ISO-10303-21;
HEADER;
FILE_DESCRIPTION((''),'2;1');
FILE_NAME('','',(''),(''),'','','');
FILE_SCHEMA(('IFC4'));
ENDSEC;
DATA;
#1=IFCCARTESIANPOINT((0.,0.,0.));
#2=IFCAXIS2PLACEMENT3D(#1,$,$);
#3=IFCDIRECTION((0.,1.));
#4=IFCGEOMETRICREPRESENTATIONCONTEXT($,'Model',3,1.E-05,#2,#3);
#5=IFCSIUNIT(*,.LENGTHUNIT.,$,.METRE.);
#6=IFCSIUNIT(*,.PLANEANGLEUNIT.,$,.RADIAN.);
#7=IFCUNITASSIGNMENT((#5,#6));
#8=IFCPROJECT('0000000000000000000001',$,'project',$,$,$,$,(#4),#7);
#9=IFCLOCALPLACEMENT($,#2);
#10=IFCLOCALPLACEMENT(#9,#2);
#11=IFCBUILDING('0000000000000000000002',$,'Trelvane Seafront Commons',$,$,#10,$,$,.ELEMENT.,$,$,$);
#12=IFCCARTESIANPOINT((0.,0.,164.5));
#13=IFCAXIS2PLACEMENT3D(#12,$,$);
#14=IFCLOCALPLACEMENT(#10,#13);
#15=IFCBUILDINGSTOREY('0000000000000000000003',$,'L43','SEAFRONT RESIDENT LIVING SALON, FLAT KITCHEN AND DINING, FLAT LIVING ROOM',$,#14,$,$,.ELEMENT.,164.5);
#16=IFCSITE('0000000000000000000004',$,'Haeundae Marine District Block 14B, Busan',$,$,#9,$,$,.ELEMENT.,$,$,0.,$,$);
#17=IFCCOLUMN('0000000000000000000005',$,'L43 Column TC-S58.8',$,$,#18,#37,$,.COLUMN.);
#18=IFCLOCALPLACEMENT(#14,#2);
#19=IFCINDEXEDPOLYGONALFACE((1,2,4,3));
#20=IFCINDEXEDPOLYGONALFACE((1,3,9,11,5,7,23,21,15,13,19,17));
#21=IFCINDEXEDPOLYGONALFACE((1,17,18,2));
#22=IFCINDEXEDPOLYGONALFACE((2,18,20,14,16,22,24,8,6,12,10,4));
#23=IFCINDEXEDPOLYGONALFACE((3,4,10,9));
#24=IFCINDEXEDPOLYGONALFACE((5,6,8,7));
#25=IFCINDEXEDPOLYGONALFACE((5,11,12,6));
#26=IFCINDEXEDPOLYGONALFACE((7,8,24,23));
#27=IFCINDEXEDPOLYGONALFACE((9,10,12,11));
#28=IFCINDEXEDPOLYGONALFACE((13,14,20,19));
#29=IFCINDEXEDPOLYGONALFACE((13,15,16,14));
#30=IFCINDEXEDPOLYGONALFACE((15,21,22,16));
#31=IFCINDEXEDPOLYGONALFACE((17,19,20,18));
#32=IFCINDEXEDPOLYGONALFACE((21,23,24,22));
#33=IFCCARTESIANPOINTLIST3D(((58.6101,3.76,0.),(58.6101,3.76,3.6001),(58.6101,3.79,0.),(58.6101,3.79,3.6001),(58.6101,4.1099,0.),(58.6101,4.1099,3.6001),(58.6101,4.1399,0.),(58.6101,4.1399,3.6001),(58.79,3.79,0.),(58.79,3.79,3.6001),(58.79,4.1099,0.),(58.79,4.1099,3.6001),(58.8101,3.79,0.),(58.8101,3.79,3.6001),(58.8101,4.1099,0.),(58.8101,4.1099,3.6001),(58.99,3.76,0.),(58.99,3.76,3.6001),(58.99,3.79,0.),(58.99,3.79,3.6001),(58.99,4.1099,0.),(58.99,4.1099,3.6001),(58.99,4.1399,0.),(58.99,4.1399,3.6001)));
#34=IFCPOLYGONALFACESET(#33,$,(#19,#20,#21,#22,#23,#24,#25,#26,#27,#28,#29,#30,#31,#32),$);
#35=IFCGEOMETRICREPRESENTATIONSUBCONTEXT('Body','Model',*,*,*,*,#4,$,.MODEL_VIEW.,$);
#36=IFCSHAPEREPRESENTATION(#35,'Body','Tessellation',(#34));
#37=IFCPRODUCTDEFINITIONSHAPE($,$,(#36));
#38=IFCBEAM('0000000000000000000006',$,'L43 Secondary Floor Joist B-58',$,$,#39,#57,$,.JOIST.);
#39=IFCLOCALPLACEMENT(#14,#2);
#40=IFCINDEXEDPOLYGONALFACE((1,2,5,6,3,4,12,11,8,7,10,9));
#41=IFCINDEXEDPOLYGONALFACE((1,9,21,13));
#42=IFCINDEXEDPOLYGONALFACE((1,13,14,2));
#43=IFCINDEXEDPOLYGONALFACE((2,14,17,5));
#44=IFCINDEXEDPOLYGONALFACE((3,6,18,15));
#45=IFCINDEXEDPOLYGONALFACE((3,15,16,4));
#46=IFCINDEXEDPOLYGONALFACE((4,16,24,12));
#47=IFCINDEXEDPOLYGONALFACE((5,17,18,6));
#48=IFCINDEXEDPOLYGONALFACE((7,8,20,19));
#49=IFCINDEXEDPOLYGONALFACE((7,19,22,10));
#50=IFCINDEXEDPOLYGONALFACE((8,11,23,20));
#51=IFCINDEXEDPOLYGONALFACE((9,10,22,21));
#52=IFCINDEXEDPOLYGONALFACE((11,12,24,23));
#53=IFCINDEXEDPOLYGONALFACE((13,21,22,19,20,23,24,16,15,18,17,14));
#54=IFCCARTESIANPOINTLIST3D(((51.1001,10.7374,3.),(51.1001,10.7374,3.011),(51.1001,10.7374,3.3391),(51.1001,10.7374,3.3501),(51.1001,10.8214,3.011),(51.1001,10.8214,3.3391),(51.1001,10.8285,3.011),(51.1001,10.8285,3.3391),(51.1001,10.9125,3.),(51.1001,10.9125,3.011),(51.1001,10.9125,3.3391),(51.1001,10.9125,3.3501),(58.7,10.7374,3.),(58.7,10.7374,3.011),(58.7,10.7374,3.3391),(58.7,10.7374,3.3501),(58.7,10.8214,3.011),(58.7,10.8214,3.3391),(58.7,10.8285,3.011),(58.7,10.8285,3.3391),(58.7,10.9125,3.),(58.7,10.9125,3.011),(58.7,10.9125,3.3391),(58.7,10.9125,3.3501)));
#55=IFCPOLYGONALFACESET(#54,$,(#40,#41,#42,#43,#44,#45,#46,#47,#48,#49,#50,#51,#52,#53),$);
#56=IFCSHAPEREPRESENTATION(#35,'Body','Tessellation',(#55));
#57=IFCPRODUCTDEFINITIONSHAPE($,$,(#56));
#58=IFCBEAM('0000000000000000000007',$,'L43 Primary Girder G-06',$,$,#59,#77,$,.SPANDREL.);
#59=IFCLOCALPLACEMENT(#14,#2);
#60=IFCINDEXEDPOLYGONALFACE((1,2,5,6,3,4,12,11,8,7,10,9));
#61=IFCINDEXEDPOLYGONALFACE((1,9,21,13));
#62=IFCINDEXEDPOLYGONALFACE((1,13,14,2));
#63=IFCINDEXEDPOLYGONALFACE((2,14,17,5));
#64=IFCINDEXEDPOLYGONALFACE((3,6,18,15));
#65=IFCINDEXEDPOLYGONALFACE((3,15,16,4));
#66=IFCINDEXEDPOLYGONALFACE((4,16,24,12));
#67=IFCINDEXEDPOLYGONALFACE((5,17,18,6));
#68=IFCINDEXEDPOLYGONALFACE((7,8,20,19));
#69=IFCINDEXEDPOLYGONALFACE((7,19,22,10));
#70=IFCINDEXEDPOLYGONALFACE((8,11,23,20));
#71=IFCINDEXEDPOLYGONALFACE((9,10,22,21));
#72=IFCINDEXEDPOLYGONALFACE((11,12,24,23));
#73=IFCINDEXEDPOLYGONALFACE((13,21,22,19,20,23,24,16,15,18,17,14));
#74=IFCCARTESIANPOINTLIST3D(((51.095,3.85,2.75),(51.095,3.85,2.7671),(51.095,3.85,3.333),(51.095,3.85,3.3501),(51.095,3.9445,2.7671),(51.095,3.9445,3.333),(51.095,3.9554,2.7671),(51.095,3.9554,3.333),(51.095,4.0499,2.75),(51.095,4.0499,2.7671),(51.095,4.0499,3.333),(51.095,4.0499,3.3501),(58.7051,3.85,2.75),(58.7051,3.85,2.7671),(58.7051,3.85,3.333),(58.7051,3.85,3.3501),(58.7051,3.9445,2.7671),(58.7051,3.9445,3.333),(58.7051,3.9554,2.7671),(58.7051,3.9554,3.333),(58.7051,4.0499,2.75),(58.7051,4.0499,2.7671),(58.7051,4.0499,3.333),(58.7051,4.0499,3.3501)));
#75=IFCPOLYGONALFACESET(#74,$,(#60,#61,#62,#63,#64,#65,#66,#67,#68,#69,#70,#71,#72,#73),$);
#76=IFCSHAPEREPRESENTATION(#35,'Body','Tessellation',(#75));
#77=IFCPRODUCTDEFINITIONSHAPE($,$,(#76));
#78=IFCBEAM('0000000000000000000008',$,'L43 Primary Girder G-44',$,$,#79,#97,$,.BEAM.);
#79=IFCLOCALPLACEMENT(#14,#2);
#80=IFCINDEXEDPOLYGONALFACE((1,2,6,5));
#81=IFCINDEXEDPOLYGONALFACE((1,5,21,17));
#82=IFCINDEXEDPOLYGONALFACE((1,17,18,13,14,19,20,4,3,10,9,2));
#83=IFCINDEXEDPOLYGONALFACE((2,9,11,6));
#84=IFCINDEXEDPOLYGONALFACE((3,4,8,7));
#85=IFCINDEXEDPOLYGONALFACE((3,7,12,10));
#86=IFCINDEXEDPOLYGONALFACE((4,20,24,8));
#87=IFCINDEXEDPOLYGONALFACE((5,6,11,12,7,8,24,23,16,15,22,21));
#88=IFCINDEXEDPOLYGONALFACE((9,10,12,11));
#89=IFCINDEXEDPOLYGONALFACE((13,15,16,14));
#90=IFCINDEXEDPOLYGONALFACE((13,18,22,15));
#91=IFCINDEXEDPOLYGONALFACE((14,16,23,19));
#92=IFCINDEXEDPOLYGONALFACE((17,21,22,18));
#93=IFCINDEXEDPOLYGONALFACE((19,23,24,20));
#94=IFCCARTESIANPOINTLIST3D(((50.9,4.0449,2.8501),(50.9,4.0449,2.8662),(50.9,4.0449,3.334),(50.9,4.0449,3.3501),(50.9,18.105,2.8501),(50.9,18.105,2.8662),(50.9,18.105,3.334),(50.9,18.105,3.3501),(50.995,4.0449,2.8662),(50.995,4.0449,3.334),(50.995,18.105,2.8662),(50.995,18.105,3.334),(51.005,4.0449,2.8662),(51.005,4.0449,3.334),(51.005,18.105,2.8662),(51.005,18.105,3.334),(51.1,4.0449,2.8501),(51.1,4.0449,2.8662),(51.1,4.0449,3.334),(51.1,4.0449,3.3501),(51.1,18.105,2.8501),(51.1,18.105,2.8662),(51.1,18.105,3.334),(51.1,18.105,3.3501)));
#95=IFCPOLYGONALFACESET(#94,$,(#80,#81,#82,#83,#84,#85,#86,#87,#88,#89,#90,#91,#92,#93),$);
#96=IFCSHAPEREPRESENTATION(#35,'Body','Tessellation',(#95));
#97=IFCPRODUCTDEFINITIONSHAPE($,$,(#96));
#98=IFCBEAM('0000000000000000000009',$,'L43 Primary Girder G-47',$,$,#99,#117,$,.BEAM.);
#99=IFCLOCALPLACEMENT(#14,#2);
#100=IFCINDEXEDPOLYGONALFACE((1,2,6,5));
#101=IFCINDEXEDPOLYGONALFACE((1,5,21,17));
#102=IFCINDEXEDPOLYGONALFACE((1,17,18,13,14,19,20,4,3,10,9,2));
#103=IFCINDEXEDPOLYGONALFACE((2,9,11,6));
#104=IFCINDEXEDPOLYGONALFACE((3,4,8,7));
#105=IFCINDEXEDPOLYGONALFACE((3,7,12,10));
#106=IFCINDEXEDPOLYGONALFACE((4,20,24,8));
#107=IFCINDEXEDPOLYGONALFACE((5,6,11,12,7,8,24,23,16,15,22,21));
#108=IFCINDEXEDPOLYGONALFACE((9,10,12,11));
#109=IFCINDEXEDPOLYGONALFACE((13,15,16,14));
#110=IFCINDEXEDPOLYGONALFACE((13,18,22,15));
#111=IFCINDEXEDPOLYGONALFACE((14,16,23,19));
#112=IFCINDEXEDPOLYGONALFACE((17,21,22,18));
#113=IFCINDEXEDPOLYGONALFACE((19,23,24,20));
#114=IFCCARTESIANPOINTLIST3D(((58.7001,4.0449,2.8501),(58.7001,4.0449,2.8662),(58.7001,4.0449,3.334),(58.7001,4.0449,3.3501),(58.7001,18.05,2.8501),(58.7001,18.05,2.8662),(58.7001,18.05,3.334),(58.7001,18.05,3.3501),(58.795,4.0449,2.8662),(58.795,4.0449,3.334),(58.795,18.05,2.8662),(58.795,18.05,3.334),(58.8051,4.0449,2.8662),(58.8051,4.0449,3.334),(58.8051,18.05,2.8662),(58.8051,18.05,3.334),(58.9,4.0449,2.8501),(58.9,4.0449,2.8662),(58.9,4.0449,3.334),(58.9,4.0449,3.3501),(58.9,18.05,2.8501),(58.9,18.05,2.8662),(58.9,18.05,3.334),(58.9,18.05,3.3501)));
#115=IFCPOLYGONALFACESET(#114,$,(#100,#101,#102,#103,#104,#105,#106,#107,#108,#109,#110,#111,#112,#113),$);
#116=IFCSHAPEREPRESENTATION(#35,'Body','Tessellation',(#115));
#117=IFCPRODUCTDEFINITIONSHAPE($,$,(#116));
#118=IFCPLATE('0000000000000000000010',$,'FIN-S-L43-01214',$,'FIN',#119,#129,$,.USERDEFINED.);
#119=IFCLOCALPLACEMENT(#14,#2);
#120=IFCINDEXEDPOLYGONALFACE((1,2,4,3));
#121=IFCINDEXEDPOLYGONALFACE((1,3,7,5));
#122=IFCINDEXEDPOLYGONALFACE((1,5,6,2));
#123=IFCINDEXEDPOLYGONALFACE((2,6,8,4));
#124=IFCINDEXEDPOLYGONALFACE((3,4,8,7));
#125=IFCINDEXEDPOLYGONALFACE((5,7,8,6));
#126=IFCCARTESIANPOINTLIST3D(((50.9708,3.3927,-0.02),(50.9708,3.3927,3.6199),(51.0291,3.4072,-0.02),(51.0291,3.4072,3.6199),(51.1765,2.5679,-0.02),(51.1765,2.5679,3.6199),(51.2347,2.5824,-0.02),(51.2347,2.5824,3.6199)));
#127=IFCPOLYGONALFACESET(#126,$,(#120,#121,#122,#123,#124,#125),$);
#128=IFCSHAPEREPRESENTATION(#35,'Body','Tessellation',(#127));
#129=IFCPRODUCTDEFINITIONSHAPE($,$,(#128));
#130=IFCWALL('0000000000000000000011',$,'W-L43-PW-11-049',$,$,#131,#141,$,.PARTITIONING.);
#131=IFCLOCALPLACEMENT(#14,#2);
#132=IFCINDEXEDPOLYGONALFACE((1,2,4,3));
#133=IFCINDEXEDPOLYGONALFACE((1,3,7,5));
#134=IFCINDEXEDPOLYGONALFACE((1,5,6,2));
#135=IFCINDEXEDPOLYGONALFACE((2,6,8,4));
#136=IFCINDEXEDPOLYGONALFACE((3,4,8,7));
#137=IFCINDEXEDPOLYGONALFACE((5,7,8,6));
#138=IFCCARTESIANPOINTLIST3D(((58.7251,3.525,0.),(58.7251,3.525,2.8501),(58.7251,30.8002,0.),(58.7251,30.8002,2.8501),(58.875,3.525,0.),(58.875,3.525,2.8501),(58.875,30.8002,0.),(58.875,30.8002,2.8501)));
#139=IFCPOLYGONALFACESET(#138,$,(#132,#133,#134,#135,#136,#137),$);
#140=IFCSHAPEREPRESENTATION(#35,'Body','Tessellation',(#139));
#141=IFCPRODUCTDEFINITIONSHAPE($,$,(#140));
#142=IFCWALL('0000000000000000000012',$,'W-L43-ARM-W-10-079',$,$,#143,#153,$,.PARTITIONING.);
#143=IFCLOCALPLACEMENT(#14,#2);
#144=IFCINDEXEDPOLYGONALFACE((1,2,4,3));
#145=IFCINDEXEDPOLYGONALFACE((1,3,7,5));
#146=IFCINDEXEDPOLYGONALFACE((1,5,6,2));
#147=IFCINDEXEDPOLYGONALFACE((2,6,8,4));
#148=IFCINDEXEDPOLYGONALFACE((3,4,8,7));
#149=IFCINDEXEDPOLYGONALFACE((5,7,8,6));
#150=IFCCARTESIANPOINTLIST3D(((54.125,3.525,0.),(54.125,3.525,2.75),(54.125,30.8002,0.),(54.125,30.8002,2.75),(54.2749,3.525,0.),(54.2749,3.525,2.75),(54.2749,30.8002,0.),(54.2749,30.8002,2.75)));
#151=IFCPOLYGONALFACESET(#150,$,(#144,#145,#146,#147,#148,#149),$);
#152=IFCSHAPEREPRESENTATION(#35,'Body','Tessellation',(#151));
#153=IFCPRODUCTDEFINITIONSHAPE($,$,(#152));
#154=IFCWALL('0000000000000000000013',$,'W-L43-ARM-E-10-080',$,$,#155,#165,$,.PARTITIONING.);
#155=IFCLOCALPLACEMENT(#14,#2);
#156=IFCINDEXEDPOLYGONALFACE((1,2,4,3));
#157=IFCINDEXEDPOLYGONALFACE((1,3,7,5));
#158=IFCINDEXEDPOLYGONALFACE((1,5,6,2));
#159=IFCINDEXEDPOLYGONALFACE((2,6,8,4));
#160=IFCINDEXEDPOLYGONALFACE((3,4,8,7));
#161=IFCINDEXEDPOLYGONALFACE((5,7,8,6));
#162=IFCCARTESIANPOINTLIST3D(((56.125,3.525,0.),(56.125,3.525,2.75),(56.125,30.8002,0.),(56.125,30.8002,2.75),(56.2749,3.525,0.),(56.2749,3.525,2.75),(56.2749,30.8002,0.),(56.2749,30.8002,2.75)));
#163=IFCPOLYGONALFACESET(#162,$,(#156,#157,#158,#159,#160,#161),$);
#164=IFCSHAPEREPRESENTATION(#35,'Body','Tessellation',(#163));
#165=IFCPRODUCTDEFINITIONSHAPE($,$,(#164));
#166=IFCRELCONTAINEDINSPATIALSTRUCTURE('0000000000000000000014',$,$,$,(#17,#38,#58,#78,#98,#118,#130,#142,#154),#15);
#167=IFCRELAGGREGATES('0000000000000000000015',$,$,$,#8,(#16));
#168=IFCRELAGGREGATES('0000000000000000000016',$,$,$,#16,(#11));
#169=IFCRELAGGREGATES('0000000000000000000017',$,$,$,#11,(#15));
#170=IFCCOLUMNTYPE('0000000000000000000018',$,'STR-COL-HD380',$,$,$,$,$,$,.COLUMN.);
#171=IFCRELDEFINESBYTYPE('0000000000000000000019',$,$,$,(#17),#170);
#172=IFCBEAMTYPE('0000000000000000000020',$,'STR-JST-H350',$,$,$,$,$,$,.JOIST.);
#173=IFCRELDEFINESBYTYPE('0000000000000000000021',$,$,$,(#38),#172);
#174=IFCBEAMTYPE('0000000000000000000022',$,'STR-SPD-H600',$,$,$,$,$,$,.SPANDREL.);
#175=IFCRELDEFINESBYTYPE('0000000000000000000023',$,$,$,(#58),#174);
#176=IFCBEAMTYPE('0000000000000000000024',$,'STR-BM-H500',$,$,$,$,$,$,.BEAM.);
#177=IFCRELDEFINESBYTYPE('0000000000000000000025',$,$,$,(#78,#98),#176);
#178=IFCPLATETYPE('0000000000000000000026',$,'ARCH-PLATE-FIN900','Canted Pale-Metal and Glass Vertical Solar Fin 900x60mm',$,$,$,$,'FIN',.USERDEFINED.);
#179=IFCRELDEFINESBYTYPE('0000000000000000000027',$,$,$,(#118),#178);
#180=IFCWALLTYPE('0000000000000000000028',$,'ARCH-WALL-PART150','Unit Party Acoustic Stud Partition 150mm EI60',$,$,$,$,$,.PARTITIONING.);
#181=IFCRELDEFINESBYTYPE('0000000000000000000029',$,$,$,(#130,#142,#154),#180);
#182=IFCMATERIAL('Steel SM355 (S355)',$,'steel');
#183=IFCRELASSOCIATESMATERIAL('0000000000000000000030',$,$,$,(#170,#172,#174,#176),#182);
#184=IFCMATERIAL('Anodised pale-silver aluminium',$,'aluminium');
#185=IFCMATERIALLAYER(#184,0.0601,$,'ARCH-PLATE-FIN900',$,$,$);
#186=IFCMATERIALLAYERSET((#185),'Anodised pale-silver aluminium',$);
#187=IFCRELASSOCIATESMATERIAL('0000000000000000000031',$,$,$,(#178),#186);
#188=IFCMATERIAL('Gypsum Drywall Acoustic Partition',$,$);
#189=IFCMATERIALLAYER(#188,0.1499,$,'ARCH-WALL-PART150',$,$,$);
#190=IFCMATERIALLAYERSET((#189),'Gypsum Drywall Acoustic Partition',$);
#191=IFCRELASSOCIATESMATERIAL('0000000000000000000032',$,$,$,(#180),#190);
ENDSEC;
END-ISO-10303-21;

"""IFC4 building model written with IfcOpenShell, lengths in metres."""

from ifc_helpers import new_model, si_unit, direction, frame, frame_2d, origin, origin_2d, place, context, subcontext, project, spatial, rectangle, i_section, extrude, source, transform, mapped, material, layer, layer_set, material_profile, profile_set, type_object, element, save


model = new_model("IFC4")

# Units and contexts
model_context = context("Model", 3, precision=1e-05, world=origin(), true_north=direction((0.0, 1.0)))
body_context = subcontext(model_context, "Body", "Model", "MODEL_VIEW")
ifc_project = project(units=[si_unit("LENGTHUNIT", "METRE"), si_unit("PLANEANGLEUNIT", "RADIAN")], contexts=[model_context])

# Site, building, storey
site_placement = place(None, origin())
site = spatial("IfcSite", under=ifc_project, at=site_placement, Name="Haeundae Marine District Block 14B, Busan", CompositionType="ELEMENT", RefElevation=0.0)
building_placement = place(site_placement, origin())
building = spatial("IfcBuilding", under=site, at=building_placement, Name="Trelvane Seafront Commons", CompositionType="ELEMENT")
storey_placement = place(building_placement, frame((0.0, 0.0, 164.5)))
storey = spatial("IfcBuildingStorey", under=building, at=storey_placement, Name="L43", Description="SEAFRONT RESIDENT LIVING SALON, FLAT KITCHEN AND DINING, FLAT LIVING ROOM", CompositionType="ELEMENT", Elevation=164.5)

# Column
ifc_material_1 = material(Name="Steel SM355 (S355)", Category="steel")
ifc_material_profile_1 = material_profile(ifc_material_1, i_section(OverallWidth=0.3799, OverallDepth=0.3799, WebThickness=0.02, FlangeThickness=0.03, at=origin_2d()), Name="HD-380x380x20x30")
ifc_profile_set_1 = profile_set([ifc_material_profile_1], Name="Steel SM355 (S355)")
column_type = type_object("IfcColumnType", Name="STR-COL-HD380", PredefinedType="COLUMN", material=ifc_profile_set_1)
shared_shape_1 = source(origin(), body_context, "Body", "SweptSolid", [
    extrude(i_section(OverallWidth=0.3799, OverallDepth=0.3799, WebThickness=0.02, FlangeThickness=0.03, at=origin_2d()), origin(), (0.0, 0.0, 1.0), 3.6001),
])
column_placement = place(storey_placement, frame((58.8, 3.95, 0.0), z_axis=(0.0, 0.0, 1.0), x_axis=(1.0, 0.0, 0.0)))
element("IfcColumn", 1, at=column_placement, inside=storey, type_object=column_type, Name="L43 Column TC-S58.8", PredefinedType="COLUMN", context=body_context, shape_type="MappedRepresentation", body=[
    mapped(shared_shape_1, transform((0.0, 0.0, 0.0), x_axis=(1.0, 0.0, 0.0), y_axis=(0.0, 1.0, 0.0), z_axis=(0.0, 0.0, 1.0), scale=1.0)),
])

# Beams
ifc_material_profile_2 = material_profile(ifc_material_1, i_section(OverallWidth=0.175, OverallDepth=0.3501, WebThickness=0.0071, FlangeThickness=0.011, at=origin_2d()), Name="H-350x175x7x11")
ifc_profile_set_2 = profile_set([ifc_material_profile_2], Name="Steel SM355 (S355)")
beam_type_1 = type_object("IfcBeamType", Name="STR-JST-H350", PredefinedType="JOIST", material=ifc_profile_set_2)
shared_shape_2 = source(origin(), body_context, "Body", "SweptSolid", [
    extrude(i_section(OverallWidth=0.175, OverallDepth=0.3501, WebThickness=0.0071, FlangeThickness=0.011, at=origin_2d()), origin(), (0.0, 0.0, 1.0), 7.5999),
])
beam_1_placement = place(storey_placement, frame((51.1001, 10.825, 3.175), z_axis=(1.0, 0.0, 0.0), x_axis=(0.0, 1.0, 0.0)))
element("IfcBeam", 2, at=beam_1_placement, inside=storey, type_object=beam_type_1, Name="L43 Secondary Floor Joist B-58", PredefinedType="JOIST", context=body_context, shape_type="MappedRepresentation", body=[
    mapped(shared_shape_2, transform((0.0, 0.0, 0.0), x_axis=(1.0, 0.0, 0.0), y_axis=(0.0, 1.0, 0.0), z_axis=(0.0, 0.0, 1.0), scale=1.0)),
])
ifc_material_profile_3 = material_profile(ifc_material_1, i_section(OverallWidth=0.2, OverallDepth=0.6001, WebThickness=0.011, FlangeThickness=0.0171, at=origin_2d()), Name="H-600x200x11x17")
ifc_profile_set_3 = profile_set([ifc_material_profile_3], Name="Steel SM355 (S355)")
beam_type_2 = type_object("IfcBeamType", Name="STR-SPD-H600", PredefinedType="SPANDREL", material=ifc_profile_set_3)
shared_shape_3 = source(origin(), body_context, "Body", "SweptSolid", [
    extrude(i_section(OverallWidth=0.2, OverallDepth=0.6001, WebThickness=0.011, FlangeThickness=0.0171, at=origin_2d()), origin(), (0.0, 0.0, 1.0), 7.6101),
])
beam_2_placement = place(storey_placement, frame((51.095, 3.95, 3.05), z_axis=(1.0, 0.0, 0.0), x_axis=(0.0, 1.0, 0.0)))
element("IfcBeam", 3, at=beam_2_placement, inside=storey, type_object=beam_type_2, Name="L43 Primary Girder G-06", PredefinedType="SPANDREL", context=body_context, shape_type="MappedRepresentation", body=[
    mapped(shared_shape_3, transform((0.0, 0.0, 0.0), x_axis=(1.0, 0.0, 0.0), y_axis=(0.0, 1.0, 0.0), z_axis=(0.0, 0.0, 1.0), scale=1.0)),
])
ifc_material_profile_4 = material_profile(ifc_material_1, i_section(OverallWidth=0.2, OverallDepth=0.5, WebThickness=0.01, FlangeThickness=0.0161, at=origin_2d()), Name="H-500x200x10x16")
ifc_profile_set_4 = profile_set([ifc_material_profile_4], Name="Steel SM355 (S355)")
beam_type_3 = type_object("IfcBeamType", Name="STR-BM-H500", PredefinedType="BEAM", material=ifc_profile_set_4)
shared_shape_4 = source(origin(), body_context, "Body", "SweptSolid", [
    extrude(i_section(OverallWidth=0.2, OverallDepth=0.5, WebThickness=0.01, FlangeThickness=0.0161, at=origin_2d()), origin(), (0.0, 0.0, 1.0), 14.0601),
])
beam_3_placement = place(storey_placement, frame((51.0, 4.0449, 3.1001), z_axis=(0.0, 1.0, 0.0), x_axis=(-1.0, 0.0, 0.0)))
element("IfcBeam", 4, at=beam_3_placement, inside=storey, type_object=beam_type_3, Name="L43 Primary Girder G-44", PredefinedType="BEAM", context=body_context, shape_type="MappedRepresentation", body=[
    mapped(shared_shape_4, transform((0.0, 0.0, 0.0), x_axis=(1.0, 0.0, 0.0), y_axis=(0.0, 1.0, 0.0), z_axis=(0.0, 0.0, 1.0), scale=1.0)),
])
shared_shape_5 = source(origin(), body_context, "Body", "SweptSolid", [
    extrude(i_section(OverallWidth=0.2, OverallDepth=0.5, WebThickness=0.01, FlangeThickness=0.0161, at=origin_2d()), origin(), (0.0, 0.0, 1.0), 14.0051),
])
beam_4_placement = place(storey_placement, frame((58.8, 4.0449, 3.1001), z_axis=(0.0, 1.0, 0.0), x_axis=(-1.0, 0.0, 0.0)))
element("IfcBeam", 5, at=beam_4_placement, inside=storey, type_object=beam_type_3, Name="L43 Primary Girder G-47", PredefinedType="BEAM", context=body_context, shape_type="MappedRepresentation", body=[
    mapped(shared_shape_5, transform((0.0, 0.0, 0.0), x_axis=(1.0, 0.0, 0.0), y_axis=(0.0, 1.0, 0.0), z_axis=(0.0, 0.0, 1.0), scale=1.0)),
])

# Plate
ifc_material_2 = material(Name="Anodised pale-silver aluminium", Category="aluminium")
ifc_layer_1 = layer(ifc_material_2, 0.0601, Name="ARCH-PLATE-FIN900")
ifc_layer_set_1 = layer_set([ifc_layer_1], Name="Anodised pale-silver aluminium")
plate_type = type_object("IfcPlateType", Name="ARCH-PLATE-FIN900", Description="Canted Pale-Metal and Glass Vertical Solar Fin 900x60mm", ElementType="FIN", PredefinedType="USERDEFINED", material=ifc_layer_set_1)
shared_shape_6 = source(origin(), body_context, "Body", "SweptSolid", [
    extrude(rectangle(XDim=0.8501, YDim=0.0601, at=origin_2d()), origin(), (0.0, 0.0, 1.0), 3.6399),
])
plate_placement = place(storey_placement, frame((51.1028, 2.9875, -0.02), z_axis=(0.0, 0.0, 1.0), x_axis=(0.241871, -0.970308, 0.0)))
element("IfcPlate", 6, at=plate_placement, inside=storey, type_object=plate_type, Name="FIN-S-L43-01214", ObjectType="FIN", PredefinedType="USERDEFINED", context=body_context, shape_type="MappedRepresentation", body=[
    mapped(shared_shape_6, transform((0.0, 0.0, 0.0), x_axis=(1.0, 0.0, 0.0), y_axis=(0.0, 1.0, 0.0), z_axis=(0.0, 0.0, 1.0), scale=1.0)),
])

# Shared definitions
ifc_material_3 = material(Name="Gypsum Drywall Acoustic Partition")

# Walls
ifc_layer_2 = layer(ifc_material_3, 0.1499, Name="ARCH-WALL-PART150")
ifc_layer_set_2 = layer_set([ifc_layer_2], Name="Gypsum Drywall Acoustic Partition")
wall_type_1 = type_object("IfcWallType", Name="ARCH-WALL-PART150", Description="Unit Party Acoustic Stud Partition 150mm EI60", PredefinedType="PARTITIONING", material=ifc_layer_set_2)
wall_1_placement = place(storey_placement, frame((58.8, 3.5249, 0.0), z_axis=(0.0, 0.0, 1.0), x_axis=(0.0, 1.0, 0.0)))
element("IfcWall", 7, at=wall_1_placement, inside=storey, type_object=wall_type_1, Name="W-L43-PW-11-049", PredefinedType="PARTITIONING", context=body_context, shape_type="SweptSolid", body=[
    extrude(rectangle(XDim=27.2751, YDim=0.1499, at=frame_2d((13.6377, 0.0))), origin(), (0.0, 0.0, 1.0), 2.8501),
])
for number, where, z_axis, x_axis, name in (
    (8, (54.2, 3.5249, 0.0), (0.0, 0.0, 1.0), (0.0, 1.0, 0.0), "W-L43-ARM-W-10-079"),
    (9, (56.2, 3.5249, 0.0), (0.0, 0.0, 1.0), (0.0, 1.0, 0.0), "W-L43-ARM-E-10-080"),
):
    element("IfcWall", number, at=place(storey_placement, frame(where, z_axis=z_axis, x_axis=x_axis)), inside=storey, type_object=wall_type_1, Name=name, PredefinedType="PARTITIONING", context=body_context, shape_type="SweptSolid", body=[
        extrude(rectangle(XDim=27.2751, YDim=0.1499, at=frame_2d((13.6377, 0.0))), origin(), (0.0, 0.0, 1.0), 2.75),
    ])

save(model, "model.ifc")
